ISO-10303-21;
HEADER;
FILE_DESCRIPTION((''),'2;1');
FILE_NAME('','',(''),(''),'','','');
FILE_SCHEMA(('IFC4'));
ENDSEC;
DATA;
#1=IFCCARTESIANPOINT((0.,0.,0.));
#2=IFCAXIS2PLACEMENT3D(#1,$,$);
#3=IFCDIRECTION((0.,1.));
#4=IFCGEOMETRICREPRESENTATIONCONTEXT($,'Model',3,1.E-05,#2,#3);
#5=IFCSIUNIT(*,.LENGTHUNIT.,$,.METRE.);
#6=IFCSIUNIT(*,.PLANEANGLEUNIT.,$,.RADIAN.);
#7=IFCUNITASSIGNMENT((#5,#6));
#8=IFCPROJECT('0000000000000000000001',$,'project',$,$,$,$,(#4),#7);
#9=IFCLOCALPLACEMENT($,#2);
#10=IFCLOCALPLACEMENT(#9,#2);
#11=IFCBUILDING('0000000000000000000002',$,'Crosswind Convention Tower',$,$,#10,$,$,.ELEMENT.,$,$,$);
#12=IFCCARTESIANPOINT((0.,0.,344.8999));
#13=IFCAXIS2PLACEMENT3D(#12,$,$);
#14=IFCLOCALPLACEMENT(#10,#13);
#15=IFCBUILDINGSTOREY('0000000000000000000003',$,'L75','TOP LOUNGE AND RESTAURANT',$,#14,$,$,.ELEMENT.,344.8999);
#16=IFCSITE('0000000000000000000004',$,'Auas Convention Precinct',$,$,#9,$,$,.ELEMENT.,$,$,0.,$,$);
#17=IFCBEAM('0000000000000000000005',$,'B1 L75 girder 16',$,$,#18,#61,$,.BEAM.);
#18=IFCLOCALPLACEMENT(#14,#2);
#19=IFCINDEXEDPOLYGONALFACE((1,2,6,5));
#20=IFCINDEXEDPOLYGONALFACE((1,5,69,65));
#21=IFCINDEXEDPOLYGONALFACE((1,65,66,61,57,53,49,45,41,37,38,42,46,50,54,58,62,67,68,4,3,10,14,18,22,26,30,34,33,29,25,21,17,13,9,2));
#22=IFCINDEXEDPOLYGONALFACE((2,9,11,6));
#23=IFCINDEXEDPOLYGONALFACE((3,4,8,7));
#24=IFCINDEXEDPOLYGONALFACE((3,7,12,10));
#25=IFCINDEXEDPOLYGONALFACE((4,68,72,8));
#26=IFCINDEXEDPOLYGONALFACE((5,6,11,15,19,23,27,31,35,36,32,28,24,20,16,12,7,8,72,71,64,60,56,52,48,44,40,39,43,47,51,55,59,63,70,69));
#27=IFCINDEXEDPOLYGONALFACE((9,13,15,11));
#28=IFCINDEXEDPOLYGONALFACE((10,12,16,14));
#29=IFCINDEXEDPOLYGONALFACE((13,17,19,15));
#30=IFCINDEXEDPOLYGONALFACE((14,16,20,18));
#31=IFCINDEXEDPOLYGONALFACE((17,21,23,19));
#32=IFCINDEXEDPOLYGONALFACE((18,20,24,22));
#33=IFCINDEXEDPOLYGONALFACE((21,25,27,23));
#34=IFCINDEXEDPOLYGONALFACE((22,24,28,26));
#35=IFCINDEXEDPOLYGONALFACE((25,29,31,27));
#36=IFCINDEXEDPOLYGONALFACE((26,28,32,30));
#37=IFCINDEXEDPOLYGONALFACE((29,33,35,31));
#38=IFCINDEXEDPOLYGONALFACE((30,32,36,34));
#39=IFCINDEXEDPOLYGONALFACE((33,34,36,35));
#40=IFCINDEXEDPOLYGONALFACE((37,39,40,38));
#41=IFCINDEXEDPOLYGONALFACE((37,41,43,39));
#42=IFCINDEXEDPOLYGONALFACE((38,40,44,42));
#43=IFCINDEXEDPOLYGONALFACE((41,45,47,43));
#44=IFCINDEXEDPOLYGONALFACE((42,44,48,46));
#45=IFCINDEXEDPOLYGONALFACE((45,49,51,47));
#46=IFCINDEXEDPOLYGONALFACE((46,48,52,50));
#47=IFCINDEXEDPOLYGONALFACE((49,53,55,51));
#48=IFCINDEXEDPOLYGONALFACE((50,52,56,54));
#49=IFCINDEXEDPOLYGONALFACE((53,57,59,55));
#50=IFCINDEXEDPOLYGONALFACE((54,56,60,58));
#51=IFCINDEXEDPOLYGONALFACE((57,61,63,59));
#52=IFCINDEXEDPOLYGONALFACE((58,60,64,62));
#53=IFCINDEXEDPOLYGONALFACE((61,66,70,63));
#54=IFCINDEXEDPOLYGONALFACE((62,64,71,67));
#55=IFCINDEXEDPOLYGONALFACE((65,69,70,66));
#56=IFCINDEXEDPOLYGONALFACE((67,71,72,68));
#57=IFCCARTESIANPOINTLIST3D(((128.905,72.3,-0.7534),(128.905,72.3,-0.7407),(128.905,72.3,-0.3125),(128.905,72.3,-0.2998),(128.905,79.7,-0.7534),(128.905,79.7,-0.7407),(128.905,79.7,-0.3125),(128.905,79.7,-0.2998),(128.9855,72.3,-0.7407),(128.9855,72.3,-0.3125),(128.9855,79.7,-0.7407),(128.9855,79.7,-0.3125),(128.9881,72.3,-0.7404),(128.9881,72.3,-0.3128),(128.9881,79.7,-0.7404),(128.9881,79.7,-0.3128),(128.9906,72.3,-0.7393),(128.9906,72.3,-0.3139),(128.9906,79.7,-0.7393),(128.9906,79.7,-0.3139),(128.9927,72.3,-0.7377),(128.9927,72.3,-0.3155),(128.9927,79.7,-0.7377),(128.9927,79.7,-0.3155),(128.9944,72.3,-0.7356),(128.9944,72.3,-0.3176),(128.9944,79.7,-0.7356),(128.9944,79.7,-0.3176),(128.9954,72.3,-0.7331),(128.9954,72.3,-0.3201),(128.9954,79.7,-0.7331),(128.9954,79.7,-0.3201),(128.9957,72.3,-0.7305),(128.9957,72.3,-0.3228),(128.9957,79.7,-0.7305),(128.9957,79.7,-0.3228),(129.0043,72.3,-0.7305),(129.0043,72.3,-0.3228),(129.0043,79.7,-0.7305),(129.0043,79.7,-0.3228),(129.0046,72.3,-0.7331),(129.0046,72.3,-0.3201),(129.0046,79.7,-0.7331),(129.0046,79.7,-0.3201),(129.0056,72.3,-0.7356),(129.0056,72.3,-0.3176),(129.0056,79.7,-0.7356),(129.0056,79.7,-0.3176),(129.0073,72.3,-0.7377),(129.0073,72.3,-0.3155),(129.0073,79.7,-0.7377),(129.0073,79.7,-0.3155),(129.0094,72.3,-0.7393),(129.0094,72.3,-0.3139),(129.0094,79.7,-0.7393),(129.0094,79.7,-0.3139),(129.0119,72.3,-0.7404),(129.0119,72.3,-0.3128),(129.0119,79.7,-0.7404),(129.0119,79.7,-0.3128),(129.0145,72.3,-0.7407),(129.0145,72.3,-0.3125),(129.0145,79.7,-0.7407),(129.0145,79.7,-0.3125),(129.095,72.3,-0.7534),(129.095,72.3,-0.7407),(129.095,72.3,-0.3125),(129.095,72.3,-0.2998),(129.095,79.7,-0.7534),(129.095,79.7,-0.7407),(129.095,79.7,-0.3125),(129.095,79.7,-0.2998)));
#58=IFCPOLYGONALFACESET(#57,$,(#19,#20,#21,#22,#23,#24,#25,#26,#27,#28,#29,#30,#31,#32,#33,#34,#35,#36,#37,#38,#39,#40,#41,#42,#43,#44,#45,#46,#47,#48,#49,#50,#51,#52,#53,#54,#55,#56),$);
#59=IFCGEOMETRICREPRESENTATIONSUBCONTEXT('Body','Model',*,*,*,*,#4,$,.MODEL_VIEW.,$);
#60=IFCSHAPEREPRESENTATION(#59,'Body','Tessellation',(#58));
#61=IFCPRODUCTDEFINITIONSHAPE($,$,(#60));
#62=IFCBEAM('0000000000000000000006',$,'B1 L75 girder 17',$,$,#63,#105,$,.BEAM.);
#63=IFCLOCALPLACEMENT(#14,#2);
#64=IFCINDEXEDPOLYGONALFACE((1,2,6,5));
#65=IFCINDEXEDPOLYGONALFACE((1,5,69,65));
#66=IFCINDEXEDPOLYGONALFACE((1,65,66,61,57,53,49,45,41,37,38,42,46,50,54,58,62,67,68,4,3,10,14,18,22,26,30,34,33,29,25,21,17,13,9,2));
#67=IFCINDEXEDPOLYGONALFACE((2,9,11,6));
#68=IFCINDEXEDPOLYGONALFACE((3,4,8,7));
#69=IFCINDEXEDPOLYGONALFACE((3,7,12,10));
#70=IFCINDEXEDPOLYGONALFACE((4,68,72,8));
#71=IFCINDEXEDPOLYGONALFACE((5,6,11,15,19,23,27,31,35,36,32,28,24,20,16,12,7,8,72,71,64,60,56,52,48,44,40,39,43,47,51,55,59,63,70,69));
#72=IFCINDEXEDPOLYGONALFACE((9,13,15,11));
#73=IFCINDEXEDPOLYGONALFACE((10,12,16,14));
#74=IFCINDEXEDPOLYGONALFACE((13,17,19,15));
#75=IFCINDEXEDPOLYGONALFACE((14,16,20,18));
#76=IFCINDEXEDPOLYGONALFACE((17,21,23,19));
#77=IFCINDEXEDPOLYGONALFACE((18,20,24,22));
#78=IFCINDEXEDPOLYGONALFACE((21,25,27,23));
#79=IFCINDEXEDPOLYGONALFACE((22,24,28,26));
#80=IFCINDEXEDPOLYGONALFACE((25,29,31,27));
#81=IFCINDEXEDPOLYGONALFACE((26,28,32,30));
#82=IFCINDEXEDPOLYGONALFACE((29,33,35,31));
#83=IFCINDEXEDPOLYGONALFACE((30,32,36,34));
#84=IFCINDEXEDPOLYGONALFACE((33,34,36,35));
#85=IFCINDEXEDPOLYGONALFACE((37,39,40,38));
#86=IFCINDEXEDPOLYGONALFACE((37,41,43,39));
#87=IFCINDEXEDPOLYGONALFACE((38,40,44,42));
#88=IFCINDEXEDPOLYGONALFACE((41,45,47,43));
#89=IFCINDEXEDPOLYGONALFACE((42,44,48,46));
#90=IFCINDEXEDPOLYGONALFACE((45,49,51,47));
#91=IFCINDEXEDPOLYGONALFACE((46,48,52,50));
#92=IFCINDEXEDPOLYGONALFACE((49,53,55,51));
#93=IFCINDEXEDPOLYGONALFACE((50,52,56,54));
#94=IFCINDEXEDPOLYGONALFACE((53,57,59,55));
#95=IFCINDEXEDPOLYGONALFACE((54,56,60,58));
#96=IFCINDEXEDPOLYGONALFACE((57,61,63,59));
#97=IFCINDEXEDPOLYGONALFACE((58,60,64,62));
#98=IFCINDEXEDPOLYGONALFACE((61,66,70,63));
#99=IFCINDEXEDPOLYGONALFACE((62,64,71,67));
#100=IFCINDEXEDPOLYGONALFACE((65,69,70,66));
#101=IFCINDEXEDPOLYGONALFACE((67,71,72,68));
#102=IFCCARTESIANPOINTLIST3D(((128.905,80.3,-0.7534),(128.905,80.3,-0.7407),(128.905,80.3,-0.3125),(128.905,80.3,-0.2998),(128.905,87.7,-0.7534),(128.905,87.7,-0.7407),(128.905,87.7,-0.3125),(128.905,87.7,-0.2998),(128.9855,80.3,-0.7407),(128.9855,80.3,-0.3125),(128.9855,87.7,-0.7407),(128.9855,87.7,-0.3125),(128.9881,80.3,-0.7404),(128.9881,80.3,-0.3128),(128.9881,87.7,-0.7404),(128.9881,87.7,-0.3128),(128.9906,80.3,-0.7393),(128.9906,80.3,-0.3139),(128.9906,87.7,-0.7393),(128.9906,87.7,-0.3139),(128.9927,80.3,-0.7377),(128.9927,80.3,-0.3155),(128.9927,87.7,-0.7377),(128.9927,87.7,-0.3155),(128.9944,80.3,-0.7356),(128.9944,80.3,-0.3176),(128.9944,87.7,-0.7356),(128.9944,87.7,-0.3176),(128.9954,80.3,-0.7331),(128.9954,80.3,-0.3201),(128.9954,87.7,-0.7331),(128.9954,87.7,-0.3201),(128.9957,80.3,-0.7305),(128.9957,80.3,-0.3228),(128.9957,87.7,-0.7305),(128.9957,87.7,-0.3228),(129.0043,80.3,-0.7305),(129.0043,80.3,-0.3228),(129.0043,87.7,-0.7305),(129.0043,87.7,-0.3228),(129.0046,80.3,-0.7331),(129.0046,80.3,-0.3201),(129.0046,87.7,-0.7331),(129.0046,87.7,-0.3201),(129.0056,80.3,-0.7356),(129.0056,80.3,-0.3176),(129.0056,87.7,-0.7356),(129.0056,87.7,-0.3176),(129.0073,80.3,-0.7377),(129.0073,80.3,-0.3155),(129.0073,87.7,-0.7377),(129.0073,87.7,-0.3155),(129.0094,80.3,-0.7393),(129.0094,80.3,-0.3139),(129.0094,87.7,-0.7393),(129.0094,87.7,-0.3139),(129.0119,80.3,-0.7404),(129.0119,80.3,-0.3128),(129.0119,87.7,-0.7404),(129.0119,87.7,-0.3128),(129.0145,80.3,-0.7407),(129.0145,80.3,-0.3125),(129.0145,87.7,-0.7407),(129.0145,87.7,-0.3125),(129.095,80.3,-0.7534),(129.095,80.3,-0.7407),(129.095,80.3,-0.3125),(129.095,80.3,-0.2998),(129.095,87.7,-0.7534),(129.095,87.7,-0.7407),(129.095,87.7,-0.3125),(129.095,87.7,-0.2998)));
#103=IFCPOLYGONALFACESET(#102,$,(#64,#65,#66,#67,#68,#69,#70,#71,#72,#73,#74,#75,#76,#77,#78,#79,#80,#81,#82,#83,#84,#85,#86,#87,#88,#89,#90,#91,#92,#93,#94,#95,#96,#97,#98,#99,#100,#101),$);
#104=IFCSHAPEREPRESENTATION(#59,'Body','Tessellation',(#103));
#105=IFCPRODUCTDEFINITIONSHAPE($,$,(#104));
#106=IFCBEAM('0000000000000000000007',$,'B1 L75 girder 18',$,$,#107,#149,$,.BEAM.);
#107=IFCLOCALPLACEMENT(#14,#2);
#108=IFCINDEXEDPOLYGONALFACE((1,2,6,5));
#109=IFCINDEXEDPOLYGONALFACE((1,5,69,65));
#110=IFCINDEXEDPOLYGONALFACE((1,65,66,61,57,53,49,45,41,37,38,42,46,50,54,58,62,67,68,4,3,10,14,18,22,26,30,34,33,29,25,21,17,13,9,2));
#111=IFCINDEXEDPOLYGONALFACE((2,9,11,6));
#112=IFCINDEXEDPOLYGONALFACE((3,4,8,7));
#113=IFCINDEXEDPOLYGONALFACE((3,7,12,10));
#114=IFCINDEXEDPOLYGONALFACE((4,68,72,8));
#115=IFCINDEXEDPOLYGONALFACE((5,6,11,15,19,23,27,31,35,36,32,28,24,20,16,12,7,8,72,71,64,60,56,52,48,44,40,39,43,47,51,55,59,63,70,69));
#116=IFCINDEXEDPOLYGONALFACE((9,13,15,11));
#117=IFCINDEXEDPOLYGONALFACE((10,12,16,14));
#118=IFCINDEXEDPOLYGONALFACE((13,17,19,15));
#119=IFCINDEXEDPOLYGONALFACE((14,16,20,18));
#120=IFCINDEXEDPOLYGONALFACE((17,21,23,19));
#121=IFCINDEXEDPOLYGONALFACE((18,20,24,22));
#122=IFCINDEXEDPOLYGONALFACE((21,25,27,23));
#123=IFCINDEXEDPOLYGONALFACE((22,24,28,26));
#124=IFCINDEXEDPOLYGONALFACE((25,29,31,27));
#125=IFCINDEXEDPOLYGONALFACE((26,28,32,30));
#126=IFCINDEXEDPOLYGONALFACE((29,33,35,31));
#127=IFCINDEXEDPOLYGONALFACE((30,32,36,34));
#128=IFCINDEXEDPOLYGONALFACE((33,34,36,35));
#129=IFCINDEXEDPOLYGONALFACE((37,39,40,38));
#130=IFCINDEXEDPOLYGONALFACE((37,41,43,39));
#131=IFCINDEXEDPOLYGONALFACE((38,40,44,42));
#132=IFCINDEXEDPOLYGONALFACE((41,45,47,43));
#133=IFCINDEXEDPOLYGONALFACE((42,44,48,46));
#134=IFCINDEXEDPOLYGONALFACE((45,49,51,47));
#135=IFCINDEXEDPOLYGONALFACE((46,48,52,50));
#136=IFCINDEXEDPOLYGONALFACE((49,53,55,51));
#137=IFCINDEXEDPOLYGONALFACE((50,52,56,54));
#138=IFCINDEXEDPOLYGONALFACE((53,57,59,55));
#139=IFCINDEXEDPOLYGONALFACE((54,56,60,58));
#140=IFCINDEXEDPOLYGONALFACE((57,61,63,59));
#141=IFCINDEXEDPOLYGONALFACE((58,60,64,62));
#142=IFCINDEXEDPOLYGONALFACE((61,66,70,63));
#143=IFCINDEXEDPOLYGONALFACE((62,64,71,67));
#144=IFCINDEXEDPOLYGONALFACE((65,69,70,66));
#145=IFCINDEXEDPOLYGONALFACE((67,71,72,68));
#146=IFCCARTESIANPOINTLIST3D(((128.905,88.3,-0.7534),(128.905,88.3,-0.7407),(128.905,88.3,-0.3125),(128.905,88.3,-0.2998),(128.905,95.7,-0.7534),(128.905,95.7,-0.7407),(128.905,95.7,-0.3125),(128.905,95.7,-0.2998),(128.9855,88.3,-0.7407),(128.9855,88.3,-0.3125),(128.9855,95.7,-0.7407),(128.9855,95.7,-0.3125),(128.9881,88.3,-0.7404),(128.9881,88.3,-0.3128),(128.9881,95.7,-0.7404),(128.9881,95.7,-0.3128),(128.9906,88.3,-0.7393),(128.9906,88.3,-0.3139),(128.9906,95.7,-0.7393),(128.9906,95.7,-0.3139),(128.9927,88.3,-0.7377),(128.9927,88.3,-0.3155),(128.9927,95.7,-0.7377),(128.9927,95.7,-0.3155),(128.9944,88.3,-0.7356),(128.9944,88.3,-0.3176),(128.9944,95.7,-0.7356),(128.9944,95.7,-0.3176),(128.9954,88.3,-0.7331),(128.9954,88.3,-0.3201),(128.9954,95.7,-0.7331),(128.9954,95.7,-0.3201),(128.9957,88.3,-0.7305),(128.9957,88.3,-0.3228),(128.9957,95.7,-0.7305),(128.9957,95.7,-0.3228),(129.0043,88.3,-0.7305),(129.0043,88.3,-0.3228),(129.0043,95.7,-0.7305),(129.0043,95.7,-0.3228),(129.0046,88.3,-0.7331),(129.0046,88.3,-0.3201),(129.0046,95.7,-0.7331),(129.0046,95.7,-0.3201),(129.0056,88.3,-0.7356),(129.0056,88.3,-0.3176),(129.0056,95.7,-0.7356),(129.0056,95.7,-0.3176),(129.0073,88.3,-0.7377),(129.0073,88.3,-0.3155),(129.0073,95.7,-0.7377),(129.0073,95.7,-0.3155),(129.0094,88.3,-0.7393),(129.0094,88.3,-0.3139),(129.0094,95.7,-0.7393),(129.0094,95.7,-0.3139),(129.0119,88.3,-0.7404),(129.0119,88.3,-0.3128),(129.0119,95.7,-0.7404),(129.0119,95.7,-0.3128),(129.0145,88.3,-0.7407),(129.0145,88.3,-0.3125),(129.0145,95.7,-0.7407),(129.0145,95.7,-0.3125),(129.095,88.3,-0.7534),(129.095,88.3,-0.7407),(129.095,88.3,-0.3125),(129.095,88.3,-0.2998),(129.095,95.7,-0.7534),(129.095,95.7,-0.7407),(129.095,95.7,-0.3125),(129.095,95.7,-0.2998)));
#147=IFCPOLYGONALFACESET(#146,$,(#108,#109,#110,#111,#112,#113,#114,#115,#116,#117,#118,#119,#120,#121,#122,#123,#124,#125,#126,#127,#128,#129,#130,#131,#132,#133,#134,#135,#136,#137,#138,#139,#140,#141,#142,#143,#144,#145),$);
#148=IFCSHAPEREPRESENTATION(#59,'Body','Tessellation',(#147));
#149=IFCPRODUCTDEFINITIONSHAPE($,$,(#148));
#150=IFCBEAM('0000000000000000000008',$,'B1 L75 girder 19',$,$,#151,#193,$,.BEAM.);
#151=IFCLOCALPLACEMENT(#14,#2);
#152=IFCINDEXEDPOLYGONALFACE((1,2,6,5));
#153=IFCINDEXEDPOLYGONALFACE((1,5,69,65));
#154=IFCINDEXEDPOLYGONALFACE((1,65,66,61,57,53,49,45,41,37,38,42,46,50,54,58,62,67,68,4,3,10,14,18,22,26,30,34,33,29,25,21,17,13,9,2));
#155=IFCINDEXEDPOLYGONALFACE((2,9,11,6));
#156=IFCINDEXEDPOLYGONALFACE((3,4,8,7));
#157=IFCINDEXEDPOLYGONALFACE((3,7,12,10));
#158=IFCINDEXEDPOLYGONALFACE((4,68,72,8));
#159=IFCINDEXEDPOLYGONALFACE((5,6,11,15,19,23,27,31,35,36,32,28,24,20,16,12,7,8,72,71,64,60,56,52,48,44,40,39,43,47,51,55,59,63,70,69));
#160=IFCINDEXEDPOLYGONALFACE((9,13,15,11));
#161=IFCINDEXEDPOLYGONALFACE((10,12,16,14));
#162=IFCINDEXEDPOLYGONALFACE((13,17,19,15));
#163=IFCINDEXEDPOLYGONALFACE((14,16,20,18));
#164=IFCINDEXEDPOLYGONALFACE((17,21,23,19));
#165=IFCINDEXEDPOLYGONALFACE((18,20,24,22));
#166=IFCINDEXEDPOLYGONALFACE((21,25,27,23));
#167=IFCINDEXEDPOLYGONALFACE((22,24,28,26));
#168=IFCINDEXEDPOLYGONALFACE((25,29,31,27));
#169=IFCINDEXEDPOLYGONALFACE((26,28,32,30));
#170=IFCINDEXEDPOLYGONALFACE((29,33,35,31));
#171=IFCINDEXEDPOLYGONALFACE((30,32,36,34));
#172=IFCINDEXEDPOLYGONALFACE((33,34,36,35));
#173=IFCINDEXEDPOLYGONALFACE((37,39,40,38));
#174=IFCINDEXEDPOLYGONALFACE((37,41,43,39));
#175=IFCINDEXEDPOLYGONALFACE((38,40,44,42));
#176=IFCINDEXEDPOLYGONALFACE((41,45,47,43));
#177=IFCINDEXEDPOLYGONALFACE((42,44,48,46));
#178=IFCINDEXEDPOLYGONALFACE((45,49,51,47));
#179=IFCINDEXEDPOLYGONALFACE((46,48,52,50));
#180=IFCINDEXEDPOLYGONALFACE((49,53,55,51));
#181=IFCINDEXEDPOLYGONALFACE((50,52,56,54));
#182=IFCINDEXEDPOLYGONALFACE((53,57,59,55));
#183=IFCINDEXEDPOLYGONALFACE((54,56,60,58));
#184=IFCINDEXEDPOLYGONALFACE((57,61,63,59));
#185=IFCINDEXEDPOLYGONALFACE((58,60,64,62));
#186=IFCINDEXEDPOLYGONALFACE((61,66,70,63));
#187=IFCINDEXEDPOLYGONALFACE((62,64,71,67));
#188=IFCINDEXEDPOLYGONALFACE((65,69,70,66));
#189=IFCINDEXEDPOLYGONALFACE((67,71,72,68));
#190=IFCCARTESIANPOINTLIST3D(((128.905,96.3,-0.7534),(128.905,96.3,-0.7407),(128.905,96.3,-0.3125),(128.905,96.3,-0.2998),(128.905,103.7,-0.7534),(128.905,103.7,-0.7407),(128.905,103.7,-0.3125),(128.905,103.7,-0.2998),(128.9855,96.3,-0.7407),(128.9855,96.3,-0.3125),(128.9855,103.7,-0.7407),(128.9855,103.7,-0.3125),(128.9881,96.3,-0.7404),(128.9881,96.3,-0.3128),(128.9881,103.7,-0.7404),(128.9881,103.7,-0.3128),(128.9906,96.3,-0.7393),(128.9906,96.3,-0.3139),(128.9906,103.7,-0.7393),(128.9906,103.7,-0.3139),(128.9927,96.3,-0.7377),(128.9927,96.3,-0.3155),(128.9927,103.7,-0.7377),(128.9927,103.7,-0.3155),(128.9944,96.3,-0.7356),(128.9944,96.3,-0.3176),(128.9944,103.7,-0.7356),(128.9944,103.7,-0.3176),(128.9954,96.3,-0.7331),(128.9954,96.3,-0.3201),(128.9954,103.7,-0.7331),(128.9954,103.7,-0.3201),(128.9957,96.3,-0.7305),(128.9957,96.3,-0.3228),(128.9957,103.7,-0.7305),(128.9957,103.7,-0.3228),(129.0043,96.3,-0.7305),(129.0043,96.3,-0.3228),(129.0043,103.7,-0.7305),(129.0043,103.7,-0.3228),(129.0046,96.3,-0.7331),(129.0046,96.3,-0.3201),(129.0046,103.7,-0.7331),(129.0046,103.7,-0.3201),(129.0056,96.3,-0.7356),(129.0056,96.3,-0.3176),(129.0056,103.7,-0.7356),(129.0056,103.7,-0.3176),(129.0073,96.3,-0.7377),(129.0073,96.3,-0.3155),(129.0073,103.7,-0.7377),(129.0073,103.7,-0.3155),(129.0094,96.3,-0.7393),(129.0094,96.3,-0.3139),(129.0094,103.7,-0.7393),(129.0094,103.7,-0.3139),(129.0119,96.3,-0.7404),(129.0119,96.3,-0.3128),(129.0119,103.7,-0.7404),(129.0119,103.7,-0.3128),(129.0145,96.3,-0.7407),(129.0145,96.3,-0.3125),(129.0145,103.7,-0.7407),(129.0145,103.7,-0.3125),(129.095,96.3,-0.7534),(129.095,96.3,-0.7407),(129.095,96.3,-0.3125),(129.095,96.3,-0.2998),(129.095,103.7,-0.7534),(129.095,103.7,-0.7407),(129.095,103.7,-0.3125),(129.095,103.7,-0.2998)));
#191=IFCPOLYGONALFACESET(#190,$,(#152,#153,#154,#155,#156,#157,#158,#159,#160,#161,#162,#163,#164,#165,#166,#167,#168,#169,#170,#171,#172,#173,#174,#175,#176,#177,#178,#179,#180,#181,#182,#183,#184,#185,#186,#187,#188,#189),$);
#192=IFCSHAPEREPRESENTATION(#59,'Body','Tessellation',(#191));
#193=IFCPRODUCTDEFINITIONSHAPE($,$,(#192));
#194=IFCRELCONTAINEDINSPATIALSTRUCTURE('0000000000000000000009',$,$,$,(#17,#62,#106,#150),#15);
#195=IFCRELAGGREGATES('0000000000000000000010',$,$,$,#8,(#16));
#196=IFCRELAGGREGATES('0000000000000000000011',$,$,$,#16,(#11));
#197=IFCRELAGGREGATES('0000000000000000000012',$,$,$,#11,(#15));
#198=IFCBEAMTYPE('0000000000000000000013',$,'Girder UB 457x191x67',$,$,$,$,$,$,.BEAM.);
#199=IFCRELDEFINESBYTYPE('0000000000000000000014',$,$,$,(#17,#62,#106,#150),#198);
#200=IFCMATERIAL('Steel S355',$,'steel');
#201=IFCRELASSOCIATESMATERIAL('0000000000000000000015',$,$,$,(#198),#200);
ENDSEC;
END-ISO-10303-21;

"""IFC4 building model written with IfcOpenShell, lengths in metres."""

from ifc_helpers import new_model, si_unit, direction, frame, origin, origin_2d, place, context, subcontext, project, spatial, i_section, extrude, material, material_profile, profile_set, type_object, element, save


model = new_model("IFC4")

# Units and contexts
model_context = context("Model", 3, precision=1e-05, world=origin(), true_north=direction((0.0, 1.0)))
body_context = subcontext(model_context, "Body", "Model", "MODEL_VIEW")
ifc_project = project(units=[si_unit("LENGTHUNIT", "METRE"), si_unit("PLANEANGLEUNIT", "RADIAN")], contexts=[model_context])

# Site, building, storey
site_placement = place(None, origin())
site = spatial("IfcSite", under=ifc_project, at=site_placement, Name="Auas Convention Precinct", CompositionType="ELEMENT", RefElevation=0.0)
building_placement = place(site_placement, origin())
building = spatial("IfcBuilding", under=site, at=building_placement, Name="Crosswind Convention Tower", CompositionType="ELEMENT")
storey_placement = place(building_placement, frame((0.0, 0.0, 344.8999)))
storey = spatial("IfcBuildingStorey", under=building, at=storey_placement, Name="L75", Description="TOP LOUNGE AND RESTAURANT", CompositionType="ELEMENT", Elevation=344.8999)

# Beams
ifc_material_1 = material(Name="Steel S355", Category="steel")
ifc_material_profile_1 = material_profile(ifc_material_1, i_section(OverallWidth=0.1899, OverallDepth=0.4536, WebThickness=0.0085, FlangeThickness=0.0127, FilletRadius=0.0103, at=origin_2d()), Name="UB 457x191x67")
ifc_profile_set_1 = profile_set([ifc_material_profile_1], Name="Steel S355")
beam_type_1 = type_object("IfcBeamType", Name="Girder UB 457x191x67", PredefinedType="BEAM", material=ifc_profile_set_1)
for number, where, z_axis, x_axis, name in (
    (1, (129.0, 72.3, -0.5266), (0.0, 1.0, 0.0), (-1.0, 0.0, 0.0), "B1 L75 girder 16"),
    (2, (129.0, 80.3, -0.5266), (0.0, 1.0, 0.0), (-1.0, 0.0, 0.0), "B1 L75 girder 17"),
    (3, (129.0, 88.3, -0.5266), (0.0, 1.0, 0.0), (-1.0, 0.0, 0.0), "B1 L75 girder 18"),
    (4, (129.0, 96.3, -0.5266), (0.0, 1.0, 0.0), (-1.0, 0.0, 0.0), "B1 L75 girder 19"),
):
    element("IfcBeam", number, at=place(storey_placement, frame(where, z_axis=z_axis, x_axis=x_axis)), inside=storey, type_object=beam_type_1, Name=name, PredefinedType="BEAM", context=body_context, shape_type="SweptSolid", body=[
        extrude(i_section(OverallWidth=0.1899, OverallDepth=0.4536, WebThickness=0.0085, FlangeThickness=0.0127, FilletRadius=0.0103, at=origin_2d()), origin(), (0.0, 0.0, 1.0), 7.3999),
    ])

save(model, "model.ifc")
